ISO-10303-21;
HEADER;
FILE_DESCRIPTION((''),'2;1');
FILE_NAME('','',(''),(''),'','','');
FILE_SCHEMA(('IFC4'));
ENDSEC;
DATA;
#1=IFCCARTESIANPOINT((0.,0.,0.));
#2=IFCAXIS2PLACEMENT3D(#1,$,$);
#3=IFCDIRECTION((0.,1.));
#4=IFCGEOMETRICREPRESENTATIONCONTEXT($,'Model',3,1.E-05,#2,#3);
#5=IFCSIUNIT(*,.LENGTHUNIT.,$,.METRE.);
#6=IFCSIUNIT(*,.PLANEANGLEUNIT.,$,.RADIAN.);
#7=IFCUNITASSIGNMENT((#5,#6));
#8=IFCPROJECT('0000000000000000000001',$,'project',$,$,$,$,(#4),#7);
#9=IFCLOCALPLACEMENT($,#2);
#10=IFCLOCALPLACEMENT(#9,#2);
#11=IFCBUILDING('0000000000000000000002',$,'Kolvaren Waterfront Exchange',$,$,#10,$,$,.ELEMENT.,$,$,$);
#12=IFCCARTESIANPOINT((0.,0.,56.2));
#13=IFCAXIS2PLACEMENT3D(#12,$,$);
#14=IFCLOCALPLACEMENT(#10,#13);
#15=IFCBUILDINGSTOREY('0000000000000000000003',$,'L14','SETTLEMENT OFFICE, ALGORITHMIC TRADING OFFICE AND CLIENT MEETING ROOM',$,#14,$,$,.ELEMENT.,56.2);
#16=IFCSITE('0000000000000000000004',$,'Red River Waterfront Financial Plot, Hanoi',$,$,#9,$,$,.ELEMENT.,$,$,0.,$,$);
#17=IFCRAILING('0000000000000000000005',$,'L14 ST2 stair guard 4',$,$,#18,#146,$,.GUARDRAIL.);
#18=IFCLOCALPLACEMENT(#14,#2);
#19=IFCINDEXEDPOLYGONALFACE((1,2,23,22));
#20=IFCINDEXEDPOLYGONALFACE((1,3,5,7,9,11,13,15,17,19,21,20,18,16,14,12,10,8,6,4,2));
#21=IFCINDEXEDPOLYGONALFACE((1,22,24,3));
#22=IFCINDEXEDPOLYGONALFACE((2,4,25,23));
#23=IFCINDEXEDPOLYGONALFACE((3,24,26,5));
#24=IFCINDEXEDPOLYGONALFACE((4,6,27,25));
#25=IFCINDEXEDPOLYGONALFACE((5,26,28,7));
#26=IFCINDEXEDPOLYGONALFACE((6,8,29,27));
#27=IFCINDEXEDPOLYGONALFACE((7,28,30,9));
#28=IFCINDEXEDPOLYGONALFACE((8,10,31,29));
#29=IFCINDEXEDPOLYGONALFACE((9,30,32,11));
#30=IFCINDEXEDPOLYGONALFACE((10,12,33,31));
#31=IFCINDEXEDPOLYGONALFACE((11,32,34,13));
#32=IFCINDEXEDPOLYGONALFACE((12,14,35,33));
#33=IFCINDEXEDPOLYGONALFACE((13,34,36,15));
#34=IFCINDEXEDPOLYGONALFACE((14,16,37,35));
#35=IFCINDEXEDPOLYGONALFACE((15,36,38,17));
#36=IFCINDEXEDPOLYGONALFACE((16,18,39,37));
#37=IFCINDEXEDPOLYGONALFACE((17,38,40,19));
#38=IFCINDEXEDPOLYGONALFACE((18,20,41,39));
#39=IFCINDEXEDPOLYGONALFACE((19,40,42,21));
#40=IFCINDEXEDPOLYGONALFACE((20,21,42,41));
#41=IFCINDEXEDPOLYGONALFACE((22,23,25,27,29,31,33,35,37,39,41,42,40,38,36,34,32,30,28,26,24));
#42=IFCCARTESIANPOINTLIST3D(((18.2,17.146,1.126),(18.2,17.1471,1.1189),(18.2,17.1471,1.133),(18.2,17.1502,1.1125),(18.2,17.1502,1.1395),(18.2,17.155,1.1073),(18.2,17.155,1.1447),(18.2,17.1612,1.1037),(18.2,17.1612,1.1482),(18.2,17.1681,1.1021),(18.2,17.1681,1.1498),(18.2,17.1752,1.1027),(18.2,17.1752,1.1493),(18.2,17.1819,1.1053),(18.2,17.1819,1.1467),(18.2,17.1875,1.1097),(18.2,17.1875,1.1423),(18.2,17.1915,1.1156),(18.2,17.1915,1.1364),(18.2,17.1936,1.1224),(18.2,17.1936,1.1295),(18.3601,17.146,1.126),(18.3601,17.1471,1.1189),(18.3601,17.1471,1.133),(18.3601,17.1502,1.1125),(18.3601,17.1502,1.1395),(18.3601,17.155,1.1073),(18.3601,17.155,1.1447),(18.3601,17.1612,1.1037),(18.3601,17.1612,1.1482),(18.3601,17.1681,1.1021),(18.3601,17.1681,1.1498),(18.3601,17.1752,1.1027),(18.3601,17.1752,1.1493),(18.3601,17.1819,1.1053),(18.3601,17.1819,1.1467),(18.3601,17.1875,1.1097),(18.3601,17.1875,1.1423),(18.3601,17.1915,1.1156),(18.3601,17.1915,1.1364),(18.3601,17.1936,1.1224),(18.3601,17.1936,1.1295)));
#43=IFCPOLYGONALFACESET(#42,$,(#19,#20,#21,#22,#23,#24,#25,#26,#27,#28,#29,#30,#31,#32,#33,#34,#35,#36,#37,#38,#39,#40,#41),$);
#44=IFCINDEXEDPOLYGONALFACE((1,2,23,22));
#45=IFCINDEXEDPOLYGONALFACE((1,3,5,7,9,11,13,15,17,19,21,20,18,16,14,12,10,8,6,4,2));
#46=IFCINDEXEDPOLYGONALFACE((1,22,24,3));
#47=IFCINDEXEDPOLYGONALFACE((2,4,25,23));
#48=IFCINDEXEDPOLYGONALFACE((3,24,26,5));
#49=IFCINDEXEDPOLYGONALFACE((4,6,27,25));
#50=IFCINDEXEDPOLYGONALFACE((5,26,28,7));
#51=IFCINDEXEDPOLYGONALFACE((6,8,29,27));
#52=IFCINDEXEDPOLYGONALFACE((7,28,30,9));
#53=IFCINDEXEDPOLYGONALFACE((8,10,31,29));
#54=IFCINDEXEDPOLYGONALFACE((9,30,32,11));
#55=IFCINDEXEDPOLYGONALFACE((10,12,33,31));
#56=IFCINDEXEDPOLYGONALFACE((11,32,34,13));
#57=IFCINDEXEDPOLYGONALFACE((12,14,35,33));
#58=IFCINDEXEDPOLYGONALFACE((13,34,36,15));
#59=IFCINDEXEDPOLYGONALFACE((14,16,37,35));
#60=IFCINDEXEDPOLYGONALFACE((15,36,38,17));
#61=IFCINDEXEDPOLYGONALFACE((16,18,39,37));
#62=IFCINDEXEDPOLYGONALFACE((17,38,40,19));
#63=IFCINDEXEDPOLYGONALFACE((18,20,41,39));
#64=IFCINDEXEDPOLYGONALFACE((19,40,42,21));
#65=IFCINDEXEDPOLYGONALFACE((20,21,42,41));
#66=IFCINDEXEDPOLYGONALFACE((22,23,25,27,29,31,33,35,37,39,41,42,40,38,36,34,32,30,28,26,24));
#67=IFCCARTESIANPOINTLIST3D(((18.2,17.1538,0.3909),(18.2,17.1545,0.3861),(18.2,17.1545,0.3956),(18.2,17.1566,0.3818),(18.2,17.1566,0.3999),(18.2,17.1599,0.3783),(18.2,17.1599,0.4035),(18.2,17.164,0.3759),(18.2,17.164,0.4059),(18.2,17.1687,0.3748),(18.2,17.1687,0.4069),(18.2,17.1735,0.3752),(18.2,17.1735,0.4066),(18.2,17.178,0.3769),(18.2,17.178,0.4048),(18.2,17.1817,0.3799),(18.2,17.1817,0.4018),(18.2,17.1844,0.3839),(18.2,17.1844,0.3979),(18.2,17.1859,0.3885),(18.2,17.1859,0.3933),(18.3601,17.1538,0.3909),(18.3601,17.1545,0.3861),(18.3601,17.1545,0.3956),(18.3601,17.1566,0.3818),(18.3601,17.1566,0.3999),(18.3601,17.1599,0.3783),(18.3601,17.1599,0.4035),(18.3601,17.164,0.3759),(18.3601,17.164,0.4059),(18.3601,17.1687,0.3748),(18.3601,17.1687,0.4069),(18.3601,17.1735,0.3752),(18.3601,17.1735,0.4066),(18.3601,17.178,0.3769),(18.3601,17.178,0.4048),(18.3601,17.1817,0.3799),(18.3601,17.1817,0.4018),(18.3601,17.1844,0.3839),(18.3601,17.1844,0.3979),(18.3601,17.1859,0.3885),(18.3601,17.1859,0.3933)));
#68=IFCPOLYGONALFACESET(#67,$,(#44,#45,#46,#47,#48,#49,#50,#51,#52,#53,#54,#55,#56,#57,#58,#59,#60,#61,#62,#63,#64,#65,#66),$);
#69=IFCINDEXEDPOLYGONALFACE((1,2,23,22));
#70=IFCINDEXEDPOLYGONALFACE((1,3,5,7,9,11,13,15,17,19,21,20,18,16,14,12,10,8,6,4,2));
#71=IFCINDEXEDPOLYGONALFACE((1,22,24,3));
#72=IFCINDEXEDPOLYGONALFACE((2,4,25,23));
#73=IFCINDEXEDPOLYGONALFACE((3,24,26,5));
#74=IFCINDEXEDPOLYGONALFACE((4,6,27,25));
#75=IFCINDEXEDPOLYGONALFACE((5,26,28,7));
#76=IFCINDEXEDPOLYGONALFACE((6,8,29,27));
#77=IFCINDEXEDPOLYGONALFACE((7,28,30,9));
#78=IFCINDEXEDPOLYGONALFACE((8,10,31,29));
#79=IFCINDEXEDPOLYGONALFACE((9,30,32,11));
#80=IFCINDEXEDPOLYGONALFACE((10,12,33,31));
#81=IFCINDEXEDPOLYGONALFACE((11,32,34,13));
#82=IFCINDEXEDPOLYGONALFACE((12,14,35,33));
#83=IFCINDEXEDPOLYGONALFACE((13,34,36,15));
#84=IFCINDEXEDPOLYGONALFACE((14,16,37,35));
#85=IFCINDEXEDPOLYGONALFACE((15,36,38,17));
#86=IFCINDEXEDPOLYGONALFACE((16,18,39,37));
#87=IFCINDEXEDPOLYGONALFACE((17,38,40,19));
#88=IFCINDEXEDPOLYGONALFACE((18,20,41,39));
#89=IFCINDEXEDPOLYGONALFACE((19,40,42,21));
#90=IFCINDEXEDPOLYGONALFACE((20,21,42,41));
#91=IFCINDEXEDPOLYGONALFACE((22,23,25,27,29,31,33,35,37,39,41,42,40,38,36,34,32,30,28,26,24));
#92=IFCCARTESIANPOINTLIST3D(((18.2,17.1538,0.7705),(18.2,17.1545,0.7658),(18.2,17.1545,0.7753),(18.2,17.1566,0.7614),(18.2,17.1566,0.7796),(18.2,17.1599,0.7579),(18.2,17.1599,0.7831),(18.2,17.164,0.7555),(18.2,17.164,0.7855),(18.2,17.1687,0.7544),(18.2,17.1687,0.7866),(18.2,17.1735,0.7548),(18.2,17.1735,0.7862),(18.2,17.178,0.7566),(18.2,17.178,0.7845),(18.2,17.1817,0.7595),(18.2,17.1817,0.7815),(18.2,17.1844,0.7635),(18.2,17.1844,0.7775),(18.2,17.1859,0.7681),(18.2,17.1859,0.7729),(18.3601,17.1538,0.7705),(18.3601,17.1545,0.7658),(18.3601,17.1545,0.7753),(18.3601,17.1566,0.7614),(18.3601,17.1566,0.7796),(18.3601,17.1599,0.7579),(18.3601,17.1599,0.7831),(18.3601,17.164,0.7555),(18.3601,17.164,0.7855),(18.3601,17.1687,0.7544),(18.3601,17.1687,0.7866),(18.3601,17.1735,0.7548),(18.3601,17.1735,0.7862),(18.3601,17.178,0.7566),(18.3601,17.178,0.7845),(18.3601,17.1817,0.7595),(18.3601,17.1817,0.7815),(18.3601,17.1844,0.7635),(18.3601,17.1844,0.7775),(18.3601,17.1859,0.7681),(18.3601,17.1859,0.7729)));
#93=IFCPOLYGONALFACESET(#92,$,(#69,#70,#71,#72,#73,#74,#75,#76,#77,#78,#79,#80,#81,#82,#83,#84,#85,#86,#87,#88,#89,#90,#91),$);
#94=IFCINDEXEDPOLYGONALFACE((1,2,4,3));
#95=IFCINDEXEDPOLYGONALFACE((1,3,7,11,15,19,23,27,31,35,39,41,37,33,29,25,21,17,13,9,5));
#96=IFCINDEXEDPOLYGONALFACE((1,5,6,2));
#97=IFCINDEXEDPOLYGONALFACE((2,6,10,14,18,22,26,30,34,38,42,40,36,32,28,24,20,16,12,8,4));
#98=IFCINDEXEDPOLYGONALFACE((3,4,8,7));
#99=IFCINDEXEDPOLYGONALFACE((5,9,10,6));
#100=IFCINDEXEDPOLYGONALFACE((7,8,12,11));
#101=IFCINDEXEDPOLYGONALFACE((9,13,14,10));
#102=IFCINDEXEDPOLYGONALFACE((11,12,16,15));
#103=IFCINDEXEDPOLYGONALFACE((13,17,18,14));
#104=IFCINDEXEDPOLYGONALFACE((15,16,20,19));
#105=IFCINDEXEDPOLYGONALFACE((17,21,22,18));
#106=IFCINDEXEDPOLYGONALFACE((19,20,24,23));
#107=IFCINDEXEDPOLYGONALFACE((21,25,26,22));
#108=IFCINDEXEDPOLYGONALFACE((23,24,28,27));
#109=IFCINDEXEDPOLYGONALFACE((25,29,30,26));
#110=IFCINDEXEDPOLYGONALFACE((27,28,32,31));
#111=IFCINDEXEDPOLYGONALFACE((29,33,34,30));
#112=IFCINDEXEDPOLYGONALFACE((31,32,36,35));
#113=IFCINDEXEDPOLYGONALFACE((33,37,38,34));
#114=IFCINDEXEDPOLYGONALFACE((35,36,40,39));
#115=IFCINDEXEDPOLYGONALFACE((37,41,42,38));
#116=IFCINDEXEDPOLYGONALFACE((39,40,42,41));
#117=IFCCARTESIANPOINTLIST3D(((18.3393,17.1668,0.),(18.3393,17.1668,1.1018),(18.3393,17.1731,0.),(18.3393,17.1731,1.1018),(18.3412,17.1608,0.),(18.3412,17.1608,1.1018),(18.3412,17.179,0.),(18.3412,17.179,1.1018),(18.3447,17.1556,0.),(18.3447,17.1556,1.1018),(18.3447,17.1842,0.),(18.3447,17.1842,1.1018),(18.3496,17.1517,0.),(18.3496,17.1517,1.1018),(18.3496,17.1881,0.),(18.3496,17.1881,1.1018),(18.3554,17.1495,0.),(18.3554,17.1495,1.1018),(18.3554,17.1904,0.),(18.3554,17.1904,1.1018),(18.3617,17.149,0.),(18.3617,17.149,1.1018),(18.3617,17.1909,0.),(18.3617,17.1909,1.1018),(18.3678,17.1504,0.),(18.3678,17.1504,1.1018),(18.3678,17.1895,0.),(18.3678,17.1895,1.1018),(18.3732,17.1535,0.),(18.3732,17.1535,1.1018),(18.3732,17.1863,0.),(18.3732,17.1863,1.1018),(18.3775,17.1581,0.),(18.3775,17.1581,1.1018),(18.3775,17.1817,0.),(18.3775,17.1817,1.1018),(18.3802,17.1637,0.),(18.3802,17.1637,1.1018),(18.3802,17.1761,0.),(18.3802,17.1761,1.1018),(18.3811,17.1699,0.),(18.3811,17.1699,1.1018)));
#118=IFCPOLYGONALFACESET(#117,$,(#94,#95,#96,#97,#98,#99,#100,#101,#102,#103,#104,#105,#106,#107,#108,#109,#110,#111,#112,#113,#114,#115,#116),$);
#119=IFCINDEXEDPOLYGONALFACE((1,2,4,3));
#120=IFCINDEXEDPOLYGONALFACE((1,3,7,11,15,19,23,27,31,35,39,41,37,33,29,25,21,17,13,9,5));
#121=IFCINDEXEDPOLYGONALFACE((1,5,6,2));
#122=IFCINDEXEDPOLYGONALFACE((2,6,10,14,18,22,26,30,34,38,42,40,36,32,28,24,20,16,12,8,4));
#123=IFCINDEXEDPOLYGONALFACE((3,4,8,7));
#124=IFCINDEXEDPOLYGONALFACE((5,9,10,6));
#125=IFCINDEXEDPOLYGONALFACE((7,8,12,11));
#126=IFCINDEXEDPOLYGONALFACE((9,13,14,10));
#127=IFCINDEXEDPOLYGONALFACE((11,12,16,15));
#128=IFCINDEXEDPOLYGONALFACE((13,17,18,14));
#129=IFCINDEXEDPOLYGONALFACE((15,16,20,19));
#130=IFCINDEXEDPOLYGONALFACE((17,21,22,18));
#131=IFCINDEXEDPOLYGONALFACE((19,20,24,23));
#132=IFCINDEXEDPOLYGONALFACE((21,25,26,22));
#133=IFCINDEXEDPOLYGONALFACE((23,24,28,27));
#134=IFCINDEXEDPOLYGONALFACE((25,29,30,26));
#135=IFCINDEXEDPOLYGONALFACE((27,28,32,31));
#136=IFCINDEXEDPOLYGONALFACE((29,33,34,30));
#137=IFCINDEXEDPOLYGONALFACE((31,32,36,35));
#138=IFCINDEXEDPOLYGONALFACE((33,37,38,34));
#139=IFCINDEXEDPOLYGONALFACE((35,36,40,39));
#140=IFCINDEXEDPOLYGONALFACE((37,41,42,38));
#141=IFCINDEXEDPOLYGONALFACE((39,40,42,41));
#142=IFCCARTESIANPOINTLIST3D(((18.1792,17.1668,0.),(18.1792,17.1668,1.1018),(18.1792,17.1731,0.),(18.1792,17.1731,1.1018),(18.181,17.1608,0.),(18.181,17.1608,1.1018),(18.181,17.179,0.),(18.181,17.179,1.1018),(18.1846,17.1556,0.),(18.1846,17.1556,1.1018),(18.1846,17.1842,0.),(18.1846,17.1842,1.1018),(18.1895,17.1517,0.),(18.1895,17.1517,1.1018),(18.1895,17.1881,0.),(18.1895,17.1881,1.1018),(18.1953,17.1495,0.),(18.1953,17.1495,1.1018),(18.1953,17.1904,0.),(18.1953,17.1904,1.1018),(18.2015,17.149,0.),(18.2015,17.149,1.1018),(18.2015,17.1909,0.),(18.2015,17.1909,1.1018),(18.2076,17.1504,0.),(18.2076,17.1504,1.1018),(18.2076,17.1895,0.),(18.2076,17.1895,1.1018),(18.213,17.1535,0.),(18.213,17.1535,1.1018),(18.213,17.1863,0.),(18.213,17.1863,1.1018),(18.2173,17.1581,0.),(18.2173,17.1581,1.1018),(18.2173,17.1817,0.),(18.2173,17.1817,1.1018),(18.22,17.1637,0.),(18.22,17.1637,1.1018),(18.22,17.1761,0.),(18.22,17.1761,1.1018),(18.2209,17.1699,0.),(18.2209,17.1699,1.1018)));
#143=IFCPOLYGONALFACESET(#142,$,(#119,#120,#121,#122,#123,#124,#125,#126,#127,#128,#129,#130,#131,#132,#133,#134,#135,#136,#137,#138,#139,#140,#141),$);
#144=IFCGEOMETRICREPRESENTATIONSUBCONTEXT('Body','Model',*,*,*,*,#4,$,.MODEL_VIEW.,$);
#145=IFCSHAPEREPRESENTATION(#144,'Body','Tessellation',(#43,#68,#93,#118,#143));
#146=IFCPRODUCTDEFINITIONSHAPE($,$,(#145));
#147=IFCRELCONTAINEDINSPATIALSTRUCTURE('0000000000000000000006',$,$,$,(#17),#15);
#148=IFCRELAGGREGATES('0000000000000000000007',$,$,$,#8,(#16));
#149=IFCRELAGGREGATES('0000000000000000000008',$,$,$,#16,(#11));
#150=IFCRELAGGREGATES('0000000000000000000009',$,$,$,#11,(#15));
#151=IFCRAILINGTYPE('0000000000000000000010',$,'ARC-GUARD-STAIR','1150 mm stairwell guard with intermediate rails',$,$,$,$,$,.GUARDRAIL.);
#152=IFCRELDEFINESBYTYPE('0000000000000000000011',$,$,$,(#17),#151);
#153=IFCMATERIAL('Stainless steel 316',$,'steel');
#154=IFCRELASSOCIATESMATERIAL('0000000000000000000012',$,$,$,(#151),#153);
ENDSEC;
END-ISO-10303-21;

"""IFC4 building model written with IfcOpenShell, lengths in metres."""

from ifc_helpers import new_model, si_unit, direction, frame, origin, origin_2d, place, context, subcontext, project, spatial, circle, extrude, material, type_object, element, save


model = new_model("IFC4")

# Units and contexts
model_context = context("Model", 3, precision=1e-05, world=origin(), true_north=direction((0.0, 1.0)))
body_context = subcontext(model_context, "Body", "Model", "MODEL_VIEW")
ifc_project = project(units=[si_unit("LENGTHUNIT", "METRE"), si_unit("PLANEANGLEUNIT", "RADIAN")], contexts=[model_context])

# Site, building, storey
site_placement = place(None, origin())
site = spatial("IfcSite", under=ifc_project, at=site_placement, Name="Red River Waterfront Financial Plot, Hanoi", CompositionType="ELEMENT", RefElevation=0.0)
building_placement = place(site_placement, origin())
building = spatial("IfcBuilding", under=site, at=building_placement, Name="Kolvaren Waterfront Exchange", CompositionType="ELEMENT")
storey_placement = place(building_placement, frame((0.0, 0.0, 56.2)))
storey = spatial("IfcBuildingStorey", under=building, at=storey_placement, Name="L14", Description="SETTLEMENT OFFICE, ALGORITHMIC TRADING OFFICE AND CLIENT MEETING ROOM", CompositionType="ELEMENT", Elevation=56.2)

# Railing
ifc_material_1 = material(Name="Stainless steel 316", Category="steel")
railing_type_1 = type_object("IfcRailingType", Name="ARC-GUARD-STAIR", Description="1150 mm stairwell guard with intermediate rails", PredefinedType="GUARDRAIL", material=ifc_material_1)
railing_1_placement = place(storey_placement, frame((18.3601, 17.1699, 0.0)))
element("IfcRailing", 1, at=railing_1_placement, inside=storey, type_object=railing_type_1, Name="L14 ST2 stair guard 4", PredefinedType="GUARDRAIL", context=body_context, shape_type="SweptSolid", body=[
    extrude(circle(Radius=0.0239, at=origin_2d()), frame((0.0, 0.0, 1.126), z_axis=(-1.0, 0.0, 0.0), x_axis=(0.0, -1.0, 0.0)), (0.0, 0.0, 1.0), 0.1602),
    extrude(circle(Radius=0.0161, at=origin_2d()), frame((0.0, 0.0, 0.3909), z_axis=(-1.0, 0.0, 0.0), x_axis=(0.0, -1.0, 0.0)), (0.0, 0.0, 1.0), 0.1602),
    extrude(circle(Radius=0.0161, at=origin_2d()), frame((0.0, 0.0, 0.7705), z_axis=(-1.0, 0.0, 0.0), x_axis=(0.0, -1.0, 0.0)), (0.0, 0.0, 1.0), 0.1602),
    extrude(circle(Radius=0.021, at=origin_2d()), origin(), (0.0, 0.0, 1.0), 1.1018),
    extrude(circle(Radius=0.021, at=origin_2d()), frame((-0.1602, 0.0, 0.0)), (0.0, 0.0, 1.0), 1.1018),
])

save(model, "model.ifc")
